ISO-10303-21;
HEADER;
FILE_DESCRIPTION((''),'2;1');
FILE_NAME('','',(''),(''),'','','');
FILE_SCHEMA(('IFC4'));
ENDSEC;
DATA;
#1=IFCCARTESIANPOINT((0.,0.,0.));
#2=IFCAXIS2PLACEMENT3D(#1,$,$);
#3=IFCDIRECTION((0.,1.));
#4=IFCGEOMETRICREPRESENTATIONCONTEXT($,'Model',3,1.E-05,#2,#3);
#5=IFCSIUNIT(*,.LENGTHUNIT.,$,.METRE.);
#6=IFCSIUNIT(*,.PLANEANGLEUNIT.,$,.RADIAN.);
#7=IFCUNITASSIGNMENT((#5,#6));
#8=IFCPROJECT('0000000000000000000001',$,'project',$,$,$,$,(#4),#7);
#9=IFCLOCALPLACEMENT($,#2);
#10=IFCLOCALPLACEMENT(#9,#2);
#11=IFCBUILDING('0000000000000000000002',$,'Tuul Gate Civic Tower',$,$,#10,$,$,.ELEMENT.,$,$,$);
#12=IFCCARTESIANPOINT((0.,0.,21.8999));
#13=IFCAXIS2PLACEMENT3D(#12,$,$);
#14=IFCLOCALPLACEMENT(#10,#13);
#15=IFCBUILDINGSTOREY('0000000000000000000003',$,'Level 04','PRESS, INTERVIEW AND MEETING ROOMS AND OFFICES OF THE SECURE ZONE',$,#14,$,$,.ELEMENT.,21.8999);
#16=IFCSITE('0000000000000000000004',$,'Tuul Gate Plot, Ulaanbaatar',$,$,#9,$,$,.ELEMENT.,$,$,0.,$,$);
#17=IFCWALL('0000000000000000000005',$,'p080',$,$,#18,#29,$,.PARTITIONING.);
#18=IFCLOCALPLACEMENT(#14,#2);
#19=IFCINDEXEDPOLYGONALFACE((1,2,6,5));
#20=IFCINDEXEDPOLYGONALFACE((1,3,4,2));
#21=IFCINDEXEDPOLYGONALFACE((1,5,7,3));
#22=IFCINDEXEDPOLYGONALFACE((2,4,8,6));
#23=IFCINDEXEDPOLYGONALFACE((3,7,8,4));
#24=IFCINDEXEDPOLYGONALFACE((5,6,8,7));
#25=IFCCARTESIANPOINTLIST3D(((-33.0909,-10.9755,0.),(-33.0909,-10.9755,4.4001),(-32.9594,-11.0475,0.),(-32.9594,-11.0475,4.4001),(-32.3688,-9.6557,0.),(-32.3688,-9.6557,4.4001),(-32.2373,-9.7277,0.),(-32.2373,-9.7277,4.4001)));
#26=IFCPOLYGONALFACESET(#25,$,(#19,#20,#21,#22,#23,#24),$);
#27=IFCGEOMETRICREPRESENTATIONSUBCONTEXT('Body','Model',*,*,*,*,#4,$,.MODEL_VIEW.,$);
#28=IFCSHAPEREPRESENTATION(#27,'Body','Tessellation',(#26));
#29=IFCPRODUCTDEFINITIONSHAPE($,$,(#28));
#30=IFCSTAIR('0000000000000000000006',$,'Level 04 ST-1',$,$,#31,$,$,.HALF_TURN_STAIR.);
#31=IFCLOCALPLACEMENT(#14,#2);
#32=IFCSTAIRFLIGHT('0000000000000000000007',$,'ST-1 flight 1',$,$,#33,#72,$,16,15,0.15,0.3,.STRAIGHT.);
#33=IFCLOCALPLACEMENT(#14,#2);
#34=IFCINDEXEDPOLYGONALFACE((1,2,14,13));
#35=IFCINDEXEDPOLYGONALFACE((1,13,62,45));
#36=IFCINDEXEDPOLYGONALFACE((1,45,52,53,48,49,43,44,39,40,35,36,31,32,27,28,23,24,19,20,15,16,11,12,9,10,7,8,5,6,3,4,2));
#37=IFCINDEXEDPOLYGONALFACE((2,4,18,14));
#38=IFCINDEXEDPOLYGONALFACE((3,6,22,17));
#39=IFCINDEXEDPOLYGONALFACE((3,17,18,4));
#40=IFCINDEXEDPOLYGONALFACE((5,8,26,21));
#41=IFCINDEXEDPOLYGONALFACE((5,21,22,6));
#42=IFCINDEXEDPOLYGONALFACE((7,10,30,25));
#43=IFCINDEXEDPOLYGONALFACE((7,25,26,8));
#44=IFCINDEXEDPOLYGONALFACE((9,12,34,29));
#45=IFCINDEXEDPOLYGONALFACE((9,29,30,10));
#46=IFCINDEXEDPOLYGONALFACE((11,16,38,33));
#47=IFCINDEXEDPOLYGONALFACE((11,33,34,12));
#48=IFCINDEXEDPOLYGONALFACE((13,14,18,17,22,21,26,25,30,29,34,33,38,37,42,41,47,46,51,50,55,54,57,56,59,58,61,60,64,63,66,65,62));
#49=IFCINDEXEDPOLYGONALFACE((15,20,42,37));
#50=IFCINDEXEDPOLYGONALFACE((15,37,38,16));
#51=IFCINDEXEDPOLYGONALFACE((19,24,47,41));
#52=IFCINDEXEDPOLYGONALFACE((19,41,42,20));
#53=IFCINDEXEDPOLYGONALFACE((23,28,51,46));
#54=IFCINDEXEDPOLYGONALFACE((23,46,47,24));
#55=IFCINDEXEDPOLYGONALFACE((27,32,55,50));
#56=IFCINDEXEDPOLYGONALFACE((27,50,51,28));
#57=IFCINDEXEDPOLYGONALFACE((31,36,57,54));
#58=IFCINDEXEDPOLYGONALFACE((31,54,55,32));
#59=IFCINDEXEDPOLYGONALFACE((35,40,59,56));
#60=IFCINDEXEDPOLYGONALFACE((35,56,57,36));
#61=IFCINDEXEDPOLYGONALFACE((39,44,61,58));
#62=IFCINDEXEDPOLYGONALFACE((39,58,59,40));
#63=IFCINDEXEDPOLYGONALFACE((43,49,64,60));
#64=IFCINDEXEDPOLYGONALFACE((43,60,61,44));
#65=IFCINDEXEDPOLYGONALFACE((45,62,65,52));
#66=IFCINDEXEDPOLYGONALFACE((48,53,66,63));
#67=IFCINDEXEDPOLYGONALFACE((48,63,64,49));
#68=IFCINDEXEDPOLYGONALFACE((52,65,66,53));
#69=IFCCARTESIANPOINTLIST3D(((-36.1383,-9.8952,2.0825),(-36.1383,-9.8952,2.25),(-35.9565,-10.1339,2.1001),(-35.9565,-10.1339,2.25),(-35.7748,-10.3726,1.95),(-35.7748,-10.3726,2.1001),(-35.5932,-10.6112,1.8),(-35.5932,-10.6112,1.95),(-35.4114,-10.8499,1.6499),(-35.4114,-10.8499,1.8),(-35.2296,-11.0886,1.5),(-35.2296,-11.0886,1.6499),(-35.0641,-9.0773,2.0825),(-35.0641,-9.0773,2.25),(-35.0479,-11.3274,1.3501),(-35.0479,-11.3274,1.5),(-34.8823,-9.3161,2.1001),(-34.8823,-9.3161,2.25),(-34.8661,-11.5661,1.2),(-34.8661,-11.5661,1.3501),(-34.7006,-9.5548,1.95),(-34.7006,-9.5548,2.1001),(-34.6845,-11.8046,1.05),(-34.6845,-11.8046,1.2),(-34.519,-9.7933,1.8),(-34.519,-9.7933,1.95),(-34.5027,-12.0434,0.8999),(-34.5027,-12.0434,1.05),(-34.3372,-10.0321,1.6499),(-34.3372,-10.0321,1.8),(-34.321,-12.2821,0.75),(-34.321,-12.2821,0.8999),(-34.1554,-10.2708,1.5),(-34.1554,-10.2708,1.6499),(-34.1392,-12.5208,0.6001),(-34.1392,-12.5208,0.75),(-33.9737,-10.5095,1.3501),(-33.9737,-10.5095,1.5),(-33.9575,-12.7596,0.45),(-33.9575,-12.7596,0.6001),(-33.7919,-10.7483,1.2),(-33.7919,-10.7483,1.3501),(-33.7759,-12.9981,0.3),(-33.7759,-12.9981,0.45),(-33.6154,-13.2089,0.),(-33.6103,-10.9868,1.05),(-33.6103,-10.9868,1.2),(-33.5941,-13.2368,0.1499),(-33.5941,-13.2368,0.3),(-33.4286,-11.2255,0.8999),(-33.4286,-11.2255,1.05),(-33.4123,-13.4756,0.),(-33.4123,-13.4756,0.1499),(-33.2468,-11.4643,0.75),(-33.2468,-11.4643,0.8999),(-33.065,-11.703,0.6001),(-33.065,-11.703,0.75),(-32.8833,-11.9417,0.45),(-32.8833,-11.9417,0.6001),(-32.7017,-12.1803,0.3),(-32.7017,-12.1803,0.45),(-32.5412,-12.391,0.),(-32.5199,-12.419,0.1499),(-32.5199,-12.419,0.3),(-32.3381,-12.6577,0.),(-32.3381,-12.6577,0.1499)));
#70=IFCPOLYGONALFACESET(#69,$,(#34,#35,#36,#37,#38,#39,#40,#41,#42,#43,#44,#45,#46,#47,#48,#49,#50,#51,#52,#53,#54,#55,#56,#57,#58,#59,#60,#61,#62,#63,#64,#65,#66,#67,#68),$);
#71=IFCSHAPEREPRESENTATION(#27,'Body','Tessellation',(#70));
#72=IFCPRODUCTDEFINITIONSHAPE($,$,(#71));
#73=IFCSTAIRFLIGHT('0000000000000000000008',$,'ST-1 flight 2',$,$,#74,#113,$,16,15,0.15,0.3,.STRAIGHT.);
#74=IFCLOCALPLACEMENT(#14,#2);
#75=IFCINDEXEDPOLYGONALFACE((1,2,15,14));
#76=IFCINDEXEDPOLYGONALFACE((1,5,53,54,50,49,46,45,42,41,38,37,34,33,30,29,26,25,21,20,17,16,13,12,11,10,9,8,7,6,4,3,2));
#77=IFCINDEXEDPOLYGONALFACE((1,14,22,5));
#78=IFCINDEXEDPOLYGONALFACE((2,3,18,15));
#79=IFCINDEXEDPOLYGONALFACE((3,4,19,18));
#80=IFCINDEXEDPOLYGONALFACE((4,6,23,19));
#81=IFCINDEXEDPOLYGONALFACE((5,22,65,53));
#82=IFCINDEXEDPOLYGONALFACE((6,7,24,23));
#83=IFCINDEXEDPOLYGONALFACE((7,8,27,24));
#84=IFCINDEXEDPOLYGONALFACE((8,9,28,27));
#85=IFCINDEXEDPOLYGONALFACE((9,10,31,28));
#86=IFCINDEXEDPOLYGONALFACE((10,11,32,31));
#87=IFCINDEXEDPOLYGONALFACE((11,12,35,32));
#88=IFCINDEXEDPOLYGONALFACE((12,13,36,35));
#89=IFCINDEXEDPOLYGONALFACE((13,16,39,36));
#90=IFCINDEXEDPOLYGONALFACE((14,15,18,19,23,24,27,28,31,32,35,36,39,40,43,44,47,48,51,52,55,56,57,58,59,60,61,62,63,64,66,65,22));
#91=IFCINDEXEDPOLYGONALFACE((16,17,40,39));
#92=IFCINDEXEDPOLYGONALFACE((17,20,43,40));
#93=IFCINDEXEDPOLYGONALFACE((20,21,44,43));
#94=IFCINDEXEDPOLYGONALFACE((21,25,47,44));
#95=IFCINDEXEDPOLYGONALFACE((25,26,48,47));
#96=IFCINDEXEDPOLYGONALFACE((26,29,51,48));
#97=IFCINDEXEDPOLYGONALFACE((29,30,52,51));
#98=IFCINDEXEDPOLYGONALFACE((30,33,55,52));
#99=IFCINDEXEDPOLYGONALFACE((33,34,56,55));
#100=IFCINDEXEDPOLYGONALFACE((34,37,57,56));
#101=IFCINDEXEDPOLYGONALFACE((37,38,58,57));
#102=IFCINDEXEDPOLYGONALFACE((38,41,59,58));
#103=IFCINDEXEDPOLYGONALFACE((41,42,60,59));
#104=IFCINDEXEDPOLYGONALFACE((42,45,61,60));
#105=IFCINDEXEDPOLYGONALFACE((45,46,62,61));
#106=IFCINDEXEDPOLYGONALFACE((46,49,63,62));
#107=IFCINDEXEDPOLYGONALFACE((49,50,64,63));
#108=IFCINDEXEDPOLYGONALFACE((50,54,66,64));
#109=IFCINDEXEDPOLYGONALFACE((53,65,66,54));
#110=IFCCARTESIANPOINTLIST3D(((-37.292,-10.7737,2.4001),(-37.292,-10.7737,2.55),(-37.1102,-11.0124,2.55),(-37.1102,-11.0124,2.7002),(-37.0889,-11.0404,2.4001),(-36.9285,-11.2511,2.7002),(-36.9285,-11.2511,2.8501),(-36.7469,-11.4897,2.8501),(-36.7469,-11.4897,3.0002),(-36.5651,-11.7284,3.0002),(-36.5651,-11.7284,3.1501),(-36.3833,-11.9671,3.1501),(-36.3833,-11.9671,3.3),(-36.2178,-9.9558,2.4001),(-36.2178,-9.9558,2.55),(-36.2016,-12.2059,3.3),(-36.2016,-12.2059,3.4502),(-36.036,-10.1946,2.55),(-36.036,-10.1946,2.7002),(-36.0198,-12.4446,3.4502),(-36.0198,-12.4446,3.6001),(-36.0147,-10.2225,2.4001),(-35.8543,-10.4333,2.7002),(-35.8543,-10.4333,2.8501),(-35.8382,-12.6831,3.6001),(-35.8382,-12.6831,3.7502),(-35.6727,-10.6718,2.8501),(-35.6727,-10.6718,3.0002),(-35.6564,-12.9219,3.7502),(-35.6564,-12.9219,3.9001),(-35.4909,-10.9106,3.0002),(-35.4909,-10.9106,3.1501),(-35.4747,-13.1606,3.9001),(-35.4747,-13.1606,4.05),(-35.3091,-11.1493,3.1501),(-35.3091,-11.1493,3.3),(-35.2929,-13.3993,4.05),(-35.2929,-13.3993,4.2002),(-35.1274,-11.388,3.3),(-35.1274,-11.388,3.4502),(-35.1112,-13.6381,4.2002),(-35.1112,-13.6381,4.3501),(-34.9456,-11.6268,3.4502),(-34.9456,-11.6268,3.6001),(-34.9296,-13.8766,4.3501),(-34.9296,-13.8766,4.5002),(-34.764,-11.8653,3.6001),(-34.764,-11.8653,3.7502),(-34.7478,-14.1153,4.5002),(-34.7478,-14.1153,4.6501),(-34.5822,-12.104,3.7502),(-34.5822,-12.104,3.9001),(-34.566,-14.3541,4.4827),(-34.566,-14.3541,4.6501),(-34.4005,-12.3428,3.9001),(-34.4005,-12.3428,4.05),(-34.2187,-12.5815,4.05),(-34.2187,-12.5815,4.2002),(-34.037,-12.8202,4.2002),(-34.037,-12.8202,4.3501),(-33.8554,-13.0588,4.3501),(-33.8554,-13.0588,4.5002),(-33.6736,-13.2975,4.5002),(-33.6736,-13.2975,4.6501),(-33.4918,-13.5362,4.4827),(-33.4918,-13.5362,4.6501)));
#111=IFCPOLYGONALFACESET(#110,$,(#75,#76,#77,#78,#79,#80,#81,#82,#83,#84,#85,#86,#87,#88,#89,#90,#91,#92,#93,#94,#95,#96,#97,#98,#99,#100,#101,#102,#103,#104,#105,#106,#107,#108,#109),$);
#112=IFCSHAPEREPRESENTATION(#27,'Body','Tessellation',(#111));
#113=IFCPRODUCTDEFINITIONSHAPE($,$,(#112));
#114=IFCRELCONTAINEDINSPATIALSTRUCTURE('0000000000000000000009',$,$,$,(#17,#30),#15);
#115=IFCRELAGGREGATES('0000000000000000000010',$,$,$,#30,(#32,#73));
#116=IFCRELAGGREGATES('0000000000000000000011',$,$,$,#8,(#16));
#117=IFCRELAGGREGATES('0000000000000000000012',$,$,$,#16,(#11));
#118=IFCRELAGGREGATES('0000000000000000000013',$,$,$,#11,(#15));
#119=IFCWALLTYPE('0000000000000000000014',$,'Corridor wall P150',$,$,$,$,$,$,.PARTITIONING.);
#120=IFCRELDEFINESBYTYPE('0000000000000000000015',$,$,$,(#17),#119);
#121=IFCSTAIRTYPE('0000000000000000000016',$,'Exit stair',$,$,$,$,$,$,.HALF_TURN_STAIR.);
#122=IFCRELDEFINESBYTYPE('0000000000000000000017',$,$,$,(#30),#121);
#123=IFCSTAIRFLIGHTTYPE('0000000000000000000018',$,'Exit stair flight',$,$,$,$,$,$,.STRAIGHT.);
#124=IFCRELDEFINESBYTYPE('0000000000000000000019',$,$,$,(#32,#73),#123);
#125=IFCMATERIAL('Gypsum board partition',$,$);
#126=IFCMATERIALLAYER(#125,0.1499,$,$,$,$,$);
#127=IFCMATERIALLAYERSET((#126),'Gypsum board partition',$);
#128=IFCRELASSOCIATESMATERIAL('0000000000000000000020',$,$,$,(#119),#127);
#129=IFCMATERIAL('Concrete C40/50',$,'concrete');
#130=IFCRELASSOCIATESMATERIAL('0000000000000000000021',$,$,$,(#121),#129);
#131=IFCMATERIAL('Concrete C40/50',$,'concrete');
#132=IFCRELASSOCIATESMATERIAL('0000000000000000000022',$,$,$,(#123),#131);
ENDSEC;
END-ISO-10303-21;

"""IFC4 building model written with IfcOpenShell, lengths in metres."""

from ifc_helpers import new_model, si_unit, direction, frame, frame_2d, origin, place, context, subcontext, project, spatial, polyline, rectangle, outline, extrude, material, layer, layer_set, type_object, element, aggregate, save


model = new_model("IFC4")

# Units and contexts
model_context = context("Model", 3, precision=1e-05, world=origin(), true_north=direction((0.0, 1.0)))
body_context = subcontext(model_context, "Body", "Model", "MODEL_VIEW")
ifc_project = project(units=[si_unit("LENGTHUNIT", "METRE"), si_unit("PLANEANGLEUNIT", "RADIAN")], contexts=[model_context])

# Site, building, storey
site_placement = place(None, origin())
site = spatial("IfcSite", under=ifc_project, at=site_placement, Name="Tuul Gate Plot, Ulaanbaatar", CompositionType="ELEMENT", RefElevation=0.0)
building_placement = place(site_placement, origin())
building = spatial("IfcBuilding", under=site, at=building_placement, Name="Tuul Gate Civic Tower", CompositionType="ELEMENT")
storey_placement = place(building_placement, frame((0.0, 0.0, 21.8999)))
storey = spatial("IfcBuildingStorey", under=building, at=storey_placement, Name="Level 04", Description="PRESS, INTERVIEW AND MEETING ROOMS AND OFFICES OF THE SECURE ZONE", CompositionType="ELEMENT", Elevation=21.8999)

# Wall
ifc_material_1 = material(Name="Gypsum board partition")
ifc_layer_1 = layer(ifc_material_1, 0.1499)
ifc_layer_set_1 = layer_set([ifc_layer_1], Name="Gypsum board partition")
wall_type_1 = type_object("IfcWallType", Name="Corridor wall P150", PredefinedType="PARTITIONING", material=ifc_layer_set_1)
wall_1_placement = place(storey_placement, frame((-33.0251, -11.0115, 0.0), z_axis=(0.0, 0.0, 1.0), x_axis=(0.480011, 0.877262, 0.0)))
element("IfcWall", 1, at=wall_1_placement, inside=storey, type_object=wall_type_1, Name="p080", PredefinedType="PARTITIONING", context=body_context, shape_type="SweptSolid", body=[
    extrude(rectangle(XDim=1.5044, YDim=0.1499, at=frame_2d((0.7522, 0.0))), origin(), (0.0, 0.0, 1.0), 4.4001),
])

# Stair, stair flights
ifc_material_2 = material(Name="Concrete C40/50", Category="concrete")
stair_type = type_object("IfcStairType", Name="Exit stair", PredefinedType="HALF_TURN_STAIR", material=ifc_material_2)
stair_placement = place(storey_placement, origin())
stair = element("IfcStair", 2, at=stair_placement, inside=storey, type_object=stair_type, Name="Level 04 ST-1", PredefinedType="HALF_TURN_STAIR")
ifc_material_3 = material(Name="Concrete C40/50", Category="concrete")
stair_flight_type = type_object("IfcStairFlightType", Name="Exit stair flight", PredefinedType="STRAIGHT", material=ifc_material_3)
stair_flight_1_placement = place(storey_placement, frame((-32.8752, -13.0667, 0.0), z_axis=(0.0, 0.0, 1.0), x_axis=(-0.605764, 0.795644, 0.0)))
stair_flight_1 = element("IfcStairFlight", 3, at=stair_flight_1_placement, type_object=stair_flight_type, Name="ST-1 flight 1", NumberOfRisers=16, NumberOfTreads=15, PredefinedType="STRAIGHT", RiserHeight=0.15, TreadLength=0.3, context=body_context, shape_type="SweptSolid", body=[
    extrude(outline(polyline([(0.0, 0.0), (0.0, 0.1499), (0.3, 0.1499), (0.3, 0.3), (0.6001, 0.3), (0.6001, 0.45), (0.8999, 0.45), (0.8999, 0.6001), (1.2, 0.6001), (1.2, 0.75), (1.5, 0.75), (1.5, 0.8999), (1.8, 0.8999), (1.8, 1.05), (2.1001, 1.05), (2.1001, 1.2), (2.3999, 1.2), (2.3999, 1.3501), (2.7, 1.3501), (2.7, 1.5), (3.0, 1.5), (3.0, 1.6499), (3.3, 1.6499), (3.3, 1.8), (3.6001, 1.8), (3.6001, 1.95), (3.8999, 1.95), (3.8999, 2.1001), (4.2, 2.1001), (4.2, 2.25), (4.5, 2.25), (4.5, 2.3999), (4.5, 2.0825), (0.3352, 0.0), (0.0, 0.0)])), frame((0.0, 0.675, 0.0), z_axis=(0.0, -1.0, 0.0), x_axis=(1.0, 0.0, 0.0)), (0.0, 0.0, 1.0), 1.3501),
])
stair_flight_2_placement = place(storey_placement, frame((-36.7549, -10.3647, 2.4001), z_axis=(0.0, 0.0, 1.0), x_axis=(0.605764, -0.795644, 0.0)))
stair_flight_2 = element("IfcStairFlight", 4, at=stair_flight_2_placement, type_object=stair_flight_type, Name="ST-1 flight 2", NumberOfRisers=16, NumberOfTreads=15, PredefinedType="STRAIGHT", RiserHeight=0.15, TreadLength=0.3, context=body_context, shape_type="SweptSolid", body=[
    extrude(outline(polyline([(0.0, 0.0), (0.0, 0.1499), (0.3, 0.1499), (0.3, 0.3), (0.6001, 0.3), (0.6001, 0.45), (0.8999, 0.45), (0.8999, 0.6001), (1.2, 0.6001), (1.2, 0.75), (1.5, 0.75), (1.5, 0.8999), (1.8, 0.8999), (1.8, 1.05), (2.1001, 1.05), (2.1001, 1.2), (2.3999, 1.2), (2.3999, 1.3501), (2.7, 1.3501), (2.7, 1.5), (3.0, 1.5), (3.0, 1.6499), (3.3, 1.6499), (3.3, 1.8), (3.6001, 1.8), (3.6001, 1.95), (3.8999, 1.95), (3.8999, 2.1001), (4.2, 2.1001), (4.2, 2.25), (4.5, 2.25), (4.5, 2.3999), (4.5, 2.0825), (0.3352, 0.0), (0.0, 0.0)])), frame((0.0, 0.675, 0.0), z_axis=(0.0, -1.0, 0.0), x_axis=(1.0, 0.0, 0.0)), (0.0, 0.0, 1.0), 1.3501),
])
aggregate(stair, [stair_flight_1, stair_flight_2])

save(model, "model.ifc")
